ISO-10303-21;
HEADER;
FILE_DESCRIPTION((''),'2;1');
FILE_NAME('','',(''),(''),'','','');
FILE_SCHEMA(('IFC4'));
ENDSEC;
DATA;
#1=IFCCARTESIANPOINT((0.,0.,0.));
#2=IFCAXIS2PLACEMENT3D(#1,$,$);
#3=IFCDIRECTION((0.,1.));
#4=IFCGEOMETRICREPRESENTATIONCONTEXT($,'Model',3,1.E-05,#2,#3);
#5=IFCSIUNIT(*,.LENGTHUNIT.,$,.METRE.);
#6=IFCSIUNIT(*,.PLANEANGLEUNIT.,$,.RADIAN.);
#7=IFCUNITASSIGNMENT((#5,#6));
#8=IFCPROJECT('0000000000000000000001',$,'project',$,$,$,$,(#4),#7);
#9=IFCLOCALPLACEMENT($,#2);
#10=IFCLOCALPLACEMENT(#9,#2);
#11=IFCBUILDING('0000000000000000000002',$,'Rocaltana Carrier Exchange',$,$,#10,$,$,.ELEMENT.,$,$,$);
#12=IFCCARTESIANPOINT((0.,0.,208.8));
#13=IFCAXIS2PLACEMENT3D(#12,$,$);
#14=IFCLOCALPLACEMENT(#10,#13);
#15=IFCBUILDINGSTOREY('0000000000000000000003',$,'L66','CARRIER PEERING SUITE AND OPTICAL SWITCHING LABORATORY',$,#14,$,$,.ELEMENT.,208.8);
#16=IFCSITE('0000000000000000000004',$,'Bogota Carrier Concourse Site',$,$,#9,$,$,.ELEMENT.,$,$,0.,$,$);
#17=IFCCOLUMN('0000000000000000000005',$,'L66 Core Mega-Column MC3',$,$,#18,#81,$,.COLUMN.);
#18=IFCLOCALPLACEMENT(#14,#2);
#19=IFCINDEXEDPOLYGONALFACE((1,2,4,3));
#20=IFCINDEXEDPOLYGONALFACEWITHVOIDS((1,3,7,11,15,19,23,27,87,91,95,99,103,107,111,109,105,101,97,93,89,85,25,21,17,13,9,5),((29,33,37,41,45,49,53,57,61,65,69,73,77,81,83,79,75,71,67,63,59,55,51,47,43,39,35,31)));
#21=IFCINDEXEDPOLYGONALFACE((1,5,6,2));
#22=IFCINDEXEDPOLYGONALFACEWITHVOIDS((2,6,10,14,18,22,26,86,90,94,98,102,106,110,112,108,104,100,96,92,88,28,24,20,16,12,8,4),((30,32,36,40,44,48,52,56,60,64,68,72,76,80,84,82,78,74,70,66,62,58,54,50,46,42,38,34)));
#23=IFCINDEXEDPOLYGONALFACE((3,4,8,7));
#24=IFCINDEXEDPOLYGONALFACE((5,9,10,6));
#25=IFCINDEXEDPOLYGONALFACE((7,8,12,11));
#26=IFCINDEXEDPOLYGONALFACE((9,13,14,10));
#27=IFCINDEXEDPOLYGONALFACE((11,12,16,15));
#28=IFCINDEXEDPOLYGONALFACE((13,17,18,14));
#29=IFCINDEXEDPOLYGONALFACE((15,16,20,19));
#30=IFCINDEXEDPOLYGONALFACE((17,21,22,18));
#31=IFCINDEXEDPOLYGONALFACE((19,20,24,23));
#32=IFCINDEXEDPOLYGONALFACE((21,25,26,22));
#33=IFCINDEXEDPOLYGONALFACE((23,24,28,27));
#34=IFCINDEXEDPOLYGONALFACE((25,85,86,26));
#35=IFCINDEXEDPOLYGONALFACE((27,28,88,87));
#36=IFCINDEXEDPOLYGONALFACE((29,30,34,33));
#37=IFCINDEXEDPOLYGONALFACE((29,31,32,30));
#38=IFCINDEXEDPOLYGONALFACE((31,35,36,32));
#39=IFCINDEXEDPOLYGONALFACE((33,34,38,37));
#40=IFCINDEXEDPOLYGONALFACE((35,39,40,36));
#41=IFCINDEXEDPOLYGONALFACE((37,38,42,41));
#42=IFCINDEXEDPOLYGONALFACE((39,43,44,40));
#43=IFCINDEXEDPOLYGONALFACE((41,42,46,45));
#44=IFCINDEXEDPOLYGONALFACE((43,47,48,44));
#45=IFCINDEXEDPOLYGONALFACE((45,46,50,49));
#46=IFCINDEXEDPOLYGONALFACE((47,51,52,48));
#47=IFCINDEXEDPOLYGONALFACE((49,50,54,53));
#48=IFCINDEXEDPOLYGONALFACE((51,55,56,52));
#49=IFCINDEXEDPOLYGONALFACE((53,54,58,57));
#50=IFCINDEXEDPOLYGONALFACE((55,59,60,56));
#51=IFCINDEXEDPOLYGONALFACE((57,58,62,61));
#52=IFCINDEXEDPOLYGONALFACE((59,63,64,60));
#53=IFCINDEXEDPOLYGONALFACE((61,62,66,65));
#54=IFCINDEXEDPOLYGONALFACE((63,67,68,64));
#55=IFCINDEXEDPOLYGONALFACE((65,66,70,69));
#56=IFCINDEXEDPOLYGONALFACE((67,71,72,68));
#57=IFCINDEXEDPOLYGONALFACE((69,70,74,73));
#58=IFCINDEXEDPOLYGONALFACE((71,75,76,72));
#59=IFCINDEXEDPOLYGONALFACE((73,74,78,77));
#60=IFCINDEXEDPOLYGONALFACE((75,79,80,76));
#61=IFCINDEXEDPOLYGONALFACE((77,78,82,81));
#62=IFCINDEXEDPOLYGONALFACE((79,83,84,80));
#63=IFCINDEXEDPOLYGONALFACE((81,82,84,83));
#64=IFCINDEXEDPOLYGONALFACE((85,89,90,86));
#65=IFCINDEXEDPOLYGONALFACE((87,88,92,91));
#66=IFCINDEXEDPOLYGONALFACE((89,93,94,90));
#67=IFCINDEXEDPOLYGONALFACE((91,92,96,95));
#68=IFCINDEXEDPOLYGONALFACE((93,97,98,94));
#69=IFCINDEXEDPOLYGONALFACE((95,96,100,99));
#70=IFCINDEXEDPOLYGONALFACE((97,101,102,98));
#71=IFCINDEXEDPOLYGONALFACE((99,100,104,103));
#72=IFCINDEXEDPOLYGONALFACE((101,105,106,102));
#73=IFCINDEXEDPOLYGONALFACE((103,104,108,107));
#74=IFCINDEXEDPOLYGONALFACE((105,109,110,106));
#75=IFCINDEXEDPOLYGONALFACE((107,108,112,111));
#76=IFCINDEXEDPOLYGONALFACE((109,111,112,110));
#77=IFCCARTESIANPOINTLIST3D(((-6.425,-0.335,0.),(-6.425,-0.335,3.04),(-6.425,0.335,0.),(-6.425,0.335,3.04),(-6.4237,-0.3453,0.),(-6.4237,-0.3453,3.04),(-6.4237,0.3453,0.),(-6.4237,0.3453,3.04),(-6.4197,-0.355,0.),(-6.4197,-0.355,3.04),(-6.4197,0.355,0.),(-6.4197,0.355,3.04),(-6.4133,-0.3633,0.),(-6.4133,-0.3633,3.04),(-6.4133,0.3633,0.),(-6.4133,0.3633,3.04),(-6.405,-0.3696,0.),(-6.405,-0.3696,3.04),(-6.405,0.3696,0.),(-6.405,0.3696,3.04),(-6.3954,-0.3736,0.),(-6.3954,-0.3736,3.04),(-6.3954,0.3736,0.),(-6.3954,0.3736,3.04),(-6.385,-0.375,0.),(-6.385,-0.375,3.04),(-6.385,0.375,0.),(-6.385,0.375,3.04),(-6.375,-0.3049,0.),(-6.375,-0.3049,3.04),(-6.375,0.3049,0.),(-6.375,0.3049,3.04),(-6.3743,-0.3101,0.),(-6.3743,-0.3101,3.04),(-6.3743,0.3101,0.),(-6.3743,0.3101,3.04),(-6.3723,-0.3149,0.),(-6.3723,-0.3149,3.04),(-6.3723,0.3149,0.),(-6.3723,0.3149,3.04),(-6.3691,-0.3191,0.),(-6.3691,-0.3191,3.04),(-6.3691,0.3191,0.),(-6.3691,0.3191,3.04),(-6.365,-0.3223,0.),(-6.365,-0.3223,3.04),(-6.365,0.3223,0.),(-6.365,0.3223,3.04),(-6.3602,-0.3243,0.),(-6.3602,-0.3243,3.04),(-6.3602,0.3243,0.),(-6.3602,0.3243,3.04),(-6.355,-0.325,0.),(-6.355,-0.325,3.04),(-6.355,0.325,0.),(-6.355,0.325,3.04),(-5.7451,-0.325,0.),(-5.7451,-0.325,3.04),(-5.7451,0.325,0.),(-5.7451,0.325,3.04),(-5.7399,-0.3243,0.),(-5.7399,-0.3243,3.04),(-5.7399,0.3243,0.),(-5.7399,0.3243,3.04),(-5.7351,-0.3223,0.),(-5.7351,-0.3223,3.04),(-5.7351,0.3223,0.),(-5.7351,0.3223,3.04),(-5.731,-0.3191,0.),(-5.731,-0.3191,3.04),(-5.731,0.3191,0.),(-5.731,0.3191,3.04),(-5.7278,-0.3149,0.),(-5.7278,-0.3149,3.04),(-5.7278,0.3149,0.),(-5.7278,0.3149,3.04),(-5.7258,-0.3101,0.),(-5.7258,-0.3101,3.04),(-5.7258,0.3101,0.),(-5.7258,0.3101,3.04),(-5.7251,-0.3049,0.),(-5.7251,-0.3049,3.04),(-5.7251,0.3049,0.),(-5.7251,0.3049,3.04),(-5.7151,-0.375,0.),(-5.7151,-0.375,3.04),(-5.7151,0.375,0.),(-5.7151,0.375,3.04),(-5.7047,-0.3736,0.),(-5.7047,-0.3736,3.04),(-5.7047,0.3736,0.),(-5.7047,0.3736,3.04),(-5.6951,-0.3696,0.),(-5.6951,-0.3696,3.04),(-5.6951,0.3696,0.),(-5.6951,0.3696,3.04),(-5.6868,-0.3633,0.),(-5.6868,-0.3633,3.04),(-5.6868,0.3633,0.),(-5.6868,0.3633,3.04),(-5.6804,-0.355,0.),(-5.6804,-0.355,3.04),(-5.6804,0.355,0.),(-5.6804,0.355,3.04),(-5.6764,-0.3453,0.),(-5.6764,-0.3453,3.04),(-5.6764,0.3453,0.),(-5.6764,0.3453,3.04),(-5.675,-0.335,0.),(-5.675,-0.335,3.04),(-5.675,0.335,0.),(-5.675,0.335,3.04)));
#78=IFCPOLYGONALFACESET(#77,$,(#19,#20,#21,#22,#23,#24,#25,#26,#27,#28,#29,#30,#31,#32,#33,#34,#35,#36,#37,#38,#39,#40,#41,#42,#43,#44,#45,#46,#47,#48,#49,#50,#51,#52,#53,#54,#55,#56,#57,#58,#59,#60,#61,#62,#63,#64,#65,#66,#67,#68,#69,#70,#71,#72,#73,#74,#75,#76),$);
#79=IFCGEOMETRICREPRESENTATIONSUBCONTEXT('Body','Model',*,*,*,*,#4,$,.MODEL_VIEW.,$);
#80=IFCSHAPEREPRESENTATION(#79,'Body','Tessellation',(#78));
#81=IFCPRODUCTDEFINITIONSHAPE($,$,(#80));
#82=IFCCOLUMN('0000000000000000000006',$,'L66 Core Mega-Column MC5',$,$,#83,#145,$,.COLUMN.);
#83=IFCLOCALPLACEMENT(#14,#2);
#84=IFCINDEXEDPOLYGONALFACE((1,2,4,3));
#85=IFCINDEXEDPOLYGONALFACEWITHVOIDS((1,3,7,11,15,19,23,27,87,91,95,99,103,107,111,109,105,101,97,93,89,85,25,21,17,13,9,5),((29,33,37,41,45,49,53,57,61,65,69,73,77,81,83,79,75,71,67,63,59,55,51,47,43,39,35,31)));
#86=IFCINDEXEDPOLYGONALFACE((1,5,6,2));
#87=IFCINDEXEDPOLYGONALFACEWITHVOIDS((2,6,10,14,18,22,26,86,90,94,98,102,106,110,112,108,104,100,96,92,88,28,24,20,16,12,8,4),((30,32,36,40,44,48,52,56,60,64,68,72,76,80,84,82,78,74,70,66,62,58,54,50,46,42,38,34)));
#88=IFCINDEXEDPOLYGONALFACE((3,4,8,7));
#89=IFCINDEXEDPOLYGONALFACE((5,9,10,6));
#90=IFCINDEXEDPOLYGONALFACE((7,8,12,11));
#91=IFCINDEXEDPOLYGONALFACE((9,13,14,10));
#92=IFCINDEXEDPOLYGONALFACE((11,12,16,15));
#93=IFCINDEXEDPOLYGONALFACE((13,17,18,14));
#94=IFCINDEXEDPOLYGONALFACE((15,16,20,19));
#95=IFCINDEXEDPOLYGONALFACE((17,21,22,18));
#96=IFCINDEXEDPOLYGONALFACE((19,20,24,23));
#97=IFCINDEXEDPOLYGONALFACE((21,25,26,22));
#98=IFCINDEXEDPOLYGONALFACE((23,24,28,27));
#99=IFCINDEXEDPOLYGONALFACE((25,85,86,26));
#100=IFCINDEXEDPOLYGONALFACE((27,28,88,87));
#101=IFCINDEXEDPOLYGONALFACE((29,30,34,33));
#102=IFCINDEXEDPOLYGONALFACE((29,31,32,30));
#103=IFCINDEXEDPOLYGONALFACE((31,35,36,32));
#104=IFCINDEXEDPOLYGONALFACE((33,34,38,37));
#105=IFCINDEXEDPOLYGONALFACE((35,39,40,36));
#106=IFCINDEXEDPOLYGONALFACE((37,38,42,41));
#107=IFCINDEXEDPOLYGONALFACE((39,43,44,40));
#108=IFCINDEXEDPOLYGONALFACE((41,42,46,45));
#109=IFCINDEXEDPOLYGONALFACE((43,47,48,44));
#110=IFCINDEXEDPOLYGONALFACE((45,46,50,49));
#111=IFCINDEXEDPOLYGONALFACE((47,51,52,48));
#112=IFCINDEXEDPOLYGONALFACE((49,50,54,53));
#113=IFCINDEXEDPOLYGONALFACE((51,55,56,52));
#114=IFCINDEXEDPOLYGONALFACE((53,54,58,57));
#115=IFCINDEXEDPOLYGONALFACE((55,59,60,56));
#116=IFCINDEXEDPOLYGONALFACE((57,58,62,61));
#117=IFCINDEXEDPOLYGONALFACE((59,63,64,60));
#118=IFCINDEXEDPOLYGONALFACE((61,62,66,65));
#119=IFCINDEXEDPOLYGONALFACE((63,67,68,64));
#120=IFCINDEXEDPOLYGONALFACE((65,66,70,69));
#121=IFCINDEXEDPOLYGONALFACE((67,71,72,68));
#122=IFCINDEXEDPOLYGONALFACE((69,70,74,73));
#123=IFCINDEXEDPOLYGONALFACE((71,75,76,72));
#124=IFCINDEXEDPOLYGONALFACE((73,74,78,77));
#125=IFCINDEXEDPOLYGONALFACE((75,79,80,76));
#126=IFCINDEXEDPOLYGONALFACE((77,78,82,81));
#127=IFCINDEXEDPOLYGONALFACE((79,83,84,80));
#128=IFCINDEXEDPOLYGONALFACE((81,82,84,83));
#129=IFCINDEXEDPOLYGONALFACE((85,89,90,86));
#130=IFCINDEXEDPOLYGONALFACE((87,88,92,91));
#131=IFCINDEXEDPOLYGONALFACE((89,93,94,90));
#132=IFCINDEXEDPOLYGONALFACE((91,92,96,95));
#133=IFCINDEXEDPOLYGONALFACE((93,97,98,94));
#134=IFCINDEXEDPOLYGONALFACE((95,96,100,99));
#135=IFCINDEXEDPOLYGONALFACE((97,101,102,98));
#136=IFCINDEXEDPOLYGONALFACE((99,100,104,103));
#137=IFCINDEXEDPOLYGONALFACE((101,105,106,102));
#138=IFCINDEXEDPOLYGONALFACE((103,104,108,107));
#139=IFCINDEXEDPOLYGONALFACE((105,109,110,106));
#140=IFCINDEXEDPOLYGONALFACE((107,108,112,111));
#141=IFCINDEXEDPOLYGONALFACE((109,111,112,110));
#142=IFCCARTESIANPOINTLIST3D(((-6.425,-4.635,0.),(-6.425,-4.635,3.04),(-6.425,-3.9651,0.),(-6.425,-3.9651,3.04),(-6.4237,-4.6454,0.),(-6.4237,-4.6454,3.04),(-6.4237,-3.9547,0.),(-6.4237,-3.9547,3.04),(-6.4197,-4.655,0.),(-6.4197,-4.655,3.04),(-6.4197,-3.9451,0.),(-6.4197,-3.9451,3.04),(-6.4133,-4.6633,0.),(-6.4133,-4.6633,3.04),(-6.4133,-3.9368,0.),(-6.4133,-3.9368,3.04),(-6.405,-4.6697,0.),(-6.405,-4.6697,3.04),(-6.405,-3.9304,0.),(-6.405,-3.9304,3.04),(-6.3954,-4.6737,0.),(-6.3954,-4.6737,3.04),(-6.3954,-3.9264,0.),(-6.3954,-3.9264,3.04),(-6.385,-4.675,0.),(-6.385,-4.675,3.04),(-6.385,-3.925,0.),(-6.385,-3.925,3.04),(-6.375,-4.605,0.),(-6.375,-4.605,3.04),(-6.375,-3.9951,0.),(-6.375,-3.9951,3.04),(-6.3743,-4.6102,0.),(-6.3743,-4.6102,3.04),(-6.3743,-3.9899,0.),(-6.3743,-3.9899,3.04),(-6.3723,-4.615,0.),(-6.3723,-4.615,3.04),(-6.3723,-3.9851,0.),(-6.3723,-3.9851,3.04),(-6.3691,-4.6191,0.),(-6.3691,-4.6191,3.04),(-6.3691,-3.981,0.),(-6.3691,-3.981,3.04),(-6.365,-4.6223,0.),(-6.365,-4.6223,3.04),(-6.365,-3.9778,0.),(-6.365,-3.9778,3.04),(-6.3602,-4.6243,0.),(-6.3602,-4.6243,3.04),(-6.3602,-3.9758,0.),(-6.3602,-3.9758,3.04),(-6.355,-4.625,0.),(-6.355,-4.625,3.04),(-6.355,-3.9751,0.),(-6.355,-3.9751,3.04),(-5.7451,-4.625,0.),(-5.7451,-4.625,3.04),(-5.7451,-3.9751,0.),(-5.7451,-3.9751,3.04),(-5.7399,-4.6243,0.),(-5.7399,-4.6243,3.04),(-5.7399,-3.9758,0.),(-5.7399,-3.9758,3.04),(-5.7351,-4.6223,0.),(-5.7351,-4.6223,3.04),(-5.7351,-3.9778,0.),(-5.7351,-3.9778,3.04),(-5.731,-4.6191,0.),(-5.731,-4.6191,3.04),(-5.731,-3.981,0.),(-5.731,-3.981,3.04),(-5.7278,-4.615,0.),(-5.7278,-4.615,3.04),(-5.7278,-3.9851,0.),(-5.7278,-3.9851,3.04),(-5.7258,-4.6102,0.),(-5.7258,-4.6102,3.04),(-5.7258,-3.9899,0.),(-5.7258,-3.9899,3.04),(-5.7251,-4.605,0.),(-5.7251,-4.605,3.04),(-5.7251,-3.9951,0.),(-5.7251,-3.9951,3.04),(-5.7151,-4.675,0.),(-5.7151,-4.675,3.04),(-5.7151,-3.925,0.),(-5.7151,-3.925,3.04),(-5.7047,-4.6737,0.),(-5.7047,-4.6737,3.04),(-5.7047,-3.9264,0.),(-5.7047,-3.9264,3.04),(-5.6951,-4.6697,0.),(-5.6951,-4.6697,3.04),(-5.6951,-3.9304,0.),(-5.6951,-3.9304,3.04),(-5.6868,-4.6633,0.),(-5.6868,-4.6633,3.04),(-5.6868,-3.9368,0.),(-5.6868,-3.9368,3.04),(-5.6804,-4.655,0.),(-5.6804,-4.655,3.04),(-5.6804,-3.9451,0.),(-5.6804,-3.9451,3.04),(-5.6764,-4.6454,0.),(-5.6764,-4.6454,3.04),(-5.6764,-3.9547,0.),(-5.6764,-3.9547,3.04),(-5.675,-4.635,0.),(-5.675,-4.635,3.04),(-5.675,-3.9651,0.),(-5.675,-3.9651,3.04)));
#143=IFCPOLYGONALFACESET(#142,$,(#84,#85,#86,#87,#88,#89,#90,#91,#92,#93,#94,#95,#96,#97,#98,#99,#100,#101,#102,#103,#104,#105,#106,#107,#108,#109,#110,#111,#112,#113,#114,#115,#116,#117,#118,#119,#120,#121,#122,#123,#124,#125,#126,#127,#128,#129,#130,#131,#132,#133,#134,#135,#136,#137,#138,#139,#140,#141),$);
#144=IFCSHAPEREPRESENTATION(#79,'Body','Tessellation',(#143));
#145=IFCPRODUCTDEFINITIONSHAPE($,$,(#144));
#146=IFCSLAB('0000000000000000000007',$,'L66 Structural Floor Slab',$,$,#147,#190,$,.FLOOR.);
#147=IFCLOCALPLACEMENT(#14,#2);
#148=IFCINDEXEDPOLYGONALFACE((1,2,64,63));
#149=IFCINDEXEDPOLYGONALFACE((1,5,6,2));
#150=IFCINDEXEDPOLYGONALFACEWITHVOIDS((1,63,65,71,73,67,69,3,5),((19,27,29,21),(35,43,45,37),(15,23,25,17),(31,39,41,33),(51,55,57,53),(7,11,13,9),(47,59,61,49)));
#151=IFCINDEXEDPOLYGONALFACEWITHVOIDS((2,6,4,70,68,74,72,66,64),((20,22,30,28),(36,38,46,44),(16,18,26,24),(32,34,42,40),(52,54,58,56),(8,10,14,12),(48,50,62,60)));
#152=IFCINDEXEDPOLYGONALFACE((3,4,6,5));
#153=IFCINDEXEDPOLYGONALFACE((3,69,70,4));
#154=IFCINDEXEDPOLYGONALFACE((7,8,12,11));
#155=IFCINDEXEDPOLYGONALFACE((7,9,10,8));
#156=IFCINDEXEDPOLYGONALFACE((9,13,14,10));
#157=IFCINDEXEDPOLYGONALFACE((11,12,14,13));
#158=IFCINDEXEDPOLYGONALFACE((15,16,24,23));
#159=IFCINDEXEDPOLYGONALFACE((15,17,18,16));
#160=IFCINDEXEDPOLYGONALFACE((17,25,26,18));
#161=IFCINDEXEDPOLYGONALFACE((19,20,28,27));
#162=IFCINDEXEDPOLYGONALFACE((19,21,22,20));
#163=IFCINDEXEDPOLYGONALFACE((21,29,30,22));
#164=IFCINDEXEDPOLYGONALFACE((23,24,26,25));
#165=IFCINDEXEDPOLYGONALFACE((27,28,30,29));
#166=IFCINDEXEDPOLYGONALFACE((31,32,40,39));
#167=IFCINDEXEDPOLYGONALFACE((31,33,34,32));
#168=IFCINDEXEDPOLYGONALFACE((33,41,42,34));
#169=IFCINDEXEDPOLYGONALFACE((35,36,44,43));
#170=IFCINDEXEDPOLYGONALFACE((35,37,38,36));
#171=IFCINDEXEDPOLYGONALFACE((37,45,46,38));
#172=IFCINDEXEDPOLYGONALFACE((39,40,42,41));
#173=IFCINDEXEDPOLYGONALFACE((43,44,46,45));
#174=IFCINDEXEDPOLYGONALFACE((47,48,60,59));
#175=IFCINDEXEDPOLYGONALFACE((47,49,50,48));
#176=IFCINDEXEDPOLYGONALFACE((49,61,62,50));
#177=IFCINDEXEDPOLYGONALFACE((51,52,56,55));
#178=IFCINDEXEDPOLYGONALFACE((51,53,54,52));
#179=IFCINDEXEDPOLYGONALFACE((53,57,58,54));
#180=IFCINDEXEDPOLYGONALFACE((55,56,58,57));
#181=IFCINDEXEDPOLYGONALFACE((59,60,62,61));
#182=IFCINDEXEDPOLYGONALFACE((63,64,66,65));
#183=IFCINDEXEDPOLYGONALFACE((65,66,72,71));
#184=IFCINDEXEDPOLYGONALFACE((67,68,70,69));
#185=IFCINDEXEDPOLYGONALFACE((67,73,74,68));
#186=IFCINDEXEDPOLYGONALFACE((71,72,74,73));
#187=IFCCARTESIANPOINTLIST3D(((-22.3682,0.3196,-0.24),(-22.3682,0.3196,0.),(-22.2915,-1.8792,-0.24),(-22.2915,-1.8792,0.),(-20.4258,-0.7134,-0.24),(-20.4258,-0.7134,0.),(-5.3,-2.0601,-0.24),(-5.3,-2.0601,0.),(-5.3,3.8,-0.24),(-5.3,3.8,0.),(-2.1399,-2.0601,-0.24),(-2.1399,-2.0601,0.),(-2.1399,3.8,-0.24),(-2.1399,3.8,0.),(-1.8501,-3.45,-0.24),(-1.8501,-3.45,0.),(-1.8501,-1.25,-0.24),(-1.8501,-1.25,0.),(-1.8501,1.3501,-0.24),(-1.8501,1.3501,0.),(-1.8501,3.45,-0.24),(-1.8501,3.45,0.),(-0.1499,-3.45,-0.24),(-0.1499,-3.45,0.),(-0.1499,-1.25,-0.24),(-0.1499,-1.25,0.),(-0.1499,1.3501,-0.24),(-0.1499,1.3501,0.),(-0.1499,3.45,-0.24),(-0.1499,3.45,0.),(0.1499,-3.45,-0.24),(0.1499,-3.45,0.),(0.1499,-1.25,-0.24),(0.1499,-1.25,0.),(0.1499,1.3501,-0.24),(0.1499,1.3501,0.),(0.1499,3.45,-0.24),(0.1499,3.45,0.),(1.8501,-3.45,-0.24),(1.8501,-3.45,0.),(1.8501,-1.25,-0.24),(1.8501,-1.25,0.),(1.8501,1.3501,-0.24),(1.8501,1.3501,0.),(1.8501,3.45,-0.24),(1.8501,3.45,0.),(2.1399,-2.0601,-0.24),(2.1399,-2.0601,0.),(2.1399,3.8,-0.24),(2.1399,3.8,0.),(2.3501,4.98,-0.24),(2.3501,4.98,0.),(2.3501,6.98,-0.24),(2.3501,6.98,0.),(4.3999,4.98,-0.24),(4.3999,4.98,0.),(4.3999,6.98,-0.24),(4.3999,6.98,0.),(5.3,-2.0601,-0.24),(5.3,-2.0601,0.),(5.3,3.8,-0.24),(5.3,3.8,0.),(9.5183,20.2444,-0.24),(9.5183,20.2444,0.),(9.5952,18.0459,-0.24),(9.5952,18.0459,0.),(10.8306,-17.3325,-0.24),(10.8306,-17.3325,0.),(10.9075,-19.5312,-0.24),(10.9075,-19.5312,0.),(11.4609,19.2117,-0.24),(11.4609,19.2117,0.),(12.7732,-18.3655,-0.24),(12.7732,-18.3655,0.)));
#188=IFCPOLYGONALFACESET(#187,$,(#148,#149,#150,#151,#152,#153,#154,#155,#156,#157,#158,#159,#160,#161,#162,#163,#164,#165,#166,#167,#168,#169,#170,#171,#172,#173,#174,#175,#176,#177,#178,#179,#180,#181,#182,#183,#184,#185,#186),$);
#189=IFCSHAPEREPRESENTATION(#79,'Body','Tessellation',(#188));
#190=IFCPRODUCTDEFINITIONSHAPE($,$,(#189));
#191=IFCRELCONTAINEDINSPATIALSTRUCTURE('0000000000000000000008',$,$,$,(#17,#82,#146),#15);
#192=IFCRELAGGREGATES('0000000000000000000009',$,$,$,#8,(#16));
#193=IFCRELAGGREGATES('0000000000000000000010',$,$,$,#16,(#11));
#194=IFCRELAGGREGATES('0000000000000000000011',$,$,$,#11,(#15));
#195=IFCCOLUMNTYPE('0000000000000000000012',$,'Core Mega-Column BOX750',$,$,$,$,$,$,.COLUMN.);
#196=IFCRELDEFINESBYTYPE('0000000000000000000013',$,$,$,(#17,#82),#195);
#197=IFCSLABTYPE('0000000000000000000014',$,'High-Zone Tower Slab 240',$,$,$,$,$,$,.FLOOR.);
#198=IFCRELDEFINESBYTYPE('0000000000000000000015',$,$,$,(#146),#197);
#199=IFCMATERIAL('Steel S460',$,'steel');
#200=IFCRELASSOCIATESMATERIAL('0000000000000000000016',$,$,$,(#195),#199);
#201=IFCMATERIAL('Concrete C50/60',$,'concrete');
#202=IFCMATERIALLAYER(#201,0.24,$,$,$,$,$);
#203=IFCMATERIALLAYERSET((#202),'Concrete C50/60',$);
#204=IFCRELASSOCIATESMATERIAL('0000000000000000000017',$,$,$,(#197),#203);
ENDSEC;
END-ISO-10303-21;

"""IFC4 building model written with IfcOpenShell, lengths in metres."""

from ifc_helpers import new_model, si_unit, direction, frame, origin, origin_2d, place, context, subcontext, project, spatial, polyline, hollow_rectangle, outline, extrude, material, layer, layer_set, material_profile, profile_set, type_object, element, save


model = new_model("IFC4")

# Units and contexts
model_context = context("Model", 3, precision=1e-05, world=origin(), true_north=direction((0.0, 1.0)))
body_context = subcontext(model_context, "Body", "Model", "MODEL_VIEW")
ifc_project = project(units=[si_unit("LENGTHUNIT", "METRE"), si_unit("PLANEANGLEUNIT", "RADIAN")], contexts=[model_context])

# Site, building, storey
site_placement = place(None, origin())
site = spatial("IfcSite", under=ifc_project, at=site_placement, Name="Bogota Carrier Concourse Site", CompositionType="ELEMENT", RefElevation=0.0)
building_placement = place(site_placement, origin())
building = spatial("IfcBuilding", under=site, at=building_placement, Name="Rocaltana Carrier Exchange", CompositionType="ELEMENT")
storey_placement = place(building_placement, frame((0.0, 0.0, 208.8)))
storey = spatial("IfcBuildingStorey", under=building, at=storey_placement, Name="L66", Description="CARRIER PEERING SUITE AND OPTICAL SWITCHING LABORATORY", CompositionType="ELEMENT", Elevation=208.8)

# Columns
ifc_material_1 = material(Name="Steel S460", Category="steel")
ifc_material_profile = material_profile(ifc_material_1, hollow_rectangle(XDim=0.75, YDim=0.75, WallThickness=0.05, InnerFilletRadius=0.02, OuterFilletRadius=0.04, at=origin_2d()), Name="BOX750X750X50")
ifc_profile_set = profile_set([ifc_material_profile], Name="Steel S460")
column_type = type_object("IfcColumnType", Name="Core Mega-Column BOX750", PredefinedType="COLUMN", material=ifc_profile_set)
for number, where, z_axis, x_axis, name in (
    (1, (-6.05, 0.0, 0.0), (0.0, 0.0, 1.0), (1.0, 0.0, 0.0), "L66 Core Mega-Column MC3"),
    (2, (-6.05, -4.3, 0.0), (0.0, 0.0, 1.0), (1.0, 0.0, 0.0), "L66 Core Mega-Column MC5"),
):
    element("IfcColumn", number, at=place(storey_placement, frame(where, z_axis=z_axis, x_axis=x_axis)), inside=storey, type_object=column_type, Name=name, PredefinedType="COLUMN", context=body_context, shape_type="SweptSolid", body=[
        extrude(hollow_rectangle(XDim=0.75, YDim=0.75, WallThickness=0.05, InnerFilletRadius=0.02, OuterFilletRadius=0.04, at=origin_2d()), origin(), (0.0, 0.0, 1.0), 3.04),
    ])

# Slab
ifc_material_2 = material(Name="Concrete C50/60", Category="concrete")
ifc_layer_1 = layer(ifc_material_2, 0.24)
ifc_layer_set_1 = layer_set([ifc_layer_1], Name="Concrete C50/60")
slab_type = type_object("IfcSlabType", Name="High-Zone Tower Slab 240", PredefinedType="FLOOR", material=ifc_layer_set_1)
slab_placement = place(storey_placement, frame((0.0, 0.0, -0.24)))
element("IfcSlab", 3, at=slab_placement, inside=storey, type_object=slab_type, Name="L66 Structural Floor Slab", PredefinedType="FLOOR", context=body_context, shape_type="SweptSolid", body=[
    extrude(outline(polyline([(10.9075, -19.5312), (10.8306, -17.3325), (12.7732, -18.3655), (11.4609, 19.2117), (9.5952, 18.0459), (9.5183, 20.2444), (-22.3682, 0.3196), (-20.4258, -0.7134), (-22.2915, -1.8792), (10.9075, -19.5312)]), holes=[polyline([(-5.3, -2.0601), (-2.1399, -2.0601), (-2.1399, 3.8), (-5.3, 3.8), (-5.3, -2.0601)]), polyline([(2.1399, -2.0601), (5.3, -2.0601), (5.3, 3.8), (2.1399, 3.8), (2.1399, -2.0601)]), polyline([(-1.8501, -3.45), (-0.1499, -3.45), (-0.1499, -1.25), (-1.8501, -1.25), (-1.8501, -3.45)]), polyline([(0.1499, -3.45), (1.8501, -3.45), (1.8501, -1.25), (0.1499, -1.25), (0.1499, -3.45)]), polyline([(2.3501, 4.98), (4.3999, 4.98), (4.3999, 6.98), (2.3501, 6.98), (2.3501, 4.98)]), polyline([(-1.8501, 1.3501), (-0.1499, 1.3501), (-0.1499, 3.45), (-1.8501, 3.45), (-1.8501, 1.3501)]), polyline([(0.1499, 1.3501), (1.8501, 1.3501), (1.8501, 3.45), (0.1499, 3.45), (0.1499, 1.3501)])]), origin(), (0.0, 0.0, 1.0), 0.24),
])

save(model, "model.ifc")
